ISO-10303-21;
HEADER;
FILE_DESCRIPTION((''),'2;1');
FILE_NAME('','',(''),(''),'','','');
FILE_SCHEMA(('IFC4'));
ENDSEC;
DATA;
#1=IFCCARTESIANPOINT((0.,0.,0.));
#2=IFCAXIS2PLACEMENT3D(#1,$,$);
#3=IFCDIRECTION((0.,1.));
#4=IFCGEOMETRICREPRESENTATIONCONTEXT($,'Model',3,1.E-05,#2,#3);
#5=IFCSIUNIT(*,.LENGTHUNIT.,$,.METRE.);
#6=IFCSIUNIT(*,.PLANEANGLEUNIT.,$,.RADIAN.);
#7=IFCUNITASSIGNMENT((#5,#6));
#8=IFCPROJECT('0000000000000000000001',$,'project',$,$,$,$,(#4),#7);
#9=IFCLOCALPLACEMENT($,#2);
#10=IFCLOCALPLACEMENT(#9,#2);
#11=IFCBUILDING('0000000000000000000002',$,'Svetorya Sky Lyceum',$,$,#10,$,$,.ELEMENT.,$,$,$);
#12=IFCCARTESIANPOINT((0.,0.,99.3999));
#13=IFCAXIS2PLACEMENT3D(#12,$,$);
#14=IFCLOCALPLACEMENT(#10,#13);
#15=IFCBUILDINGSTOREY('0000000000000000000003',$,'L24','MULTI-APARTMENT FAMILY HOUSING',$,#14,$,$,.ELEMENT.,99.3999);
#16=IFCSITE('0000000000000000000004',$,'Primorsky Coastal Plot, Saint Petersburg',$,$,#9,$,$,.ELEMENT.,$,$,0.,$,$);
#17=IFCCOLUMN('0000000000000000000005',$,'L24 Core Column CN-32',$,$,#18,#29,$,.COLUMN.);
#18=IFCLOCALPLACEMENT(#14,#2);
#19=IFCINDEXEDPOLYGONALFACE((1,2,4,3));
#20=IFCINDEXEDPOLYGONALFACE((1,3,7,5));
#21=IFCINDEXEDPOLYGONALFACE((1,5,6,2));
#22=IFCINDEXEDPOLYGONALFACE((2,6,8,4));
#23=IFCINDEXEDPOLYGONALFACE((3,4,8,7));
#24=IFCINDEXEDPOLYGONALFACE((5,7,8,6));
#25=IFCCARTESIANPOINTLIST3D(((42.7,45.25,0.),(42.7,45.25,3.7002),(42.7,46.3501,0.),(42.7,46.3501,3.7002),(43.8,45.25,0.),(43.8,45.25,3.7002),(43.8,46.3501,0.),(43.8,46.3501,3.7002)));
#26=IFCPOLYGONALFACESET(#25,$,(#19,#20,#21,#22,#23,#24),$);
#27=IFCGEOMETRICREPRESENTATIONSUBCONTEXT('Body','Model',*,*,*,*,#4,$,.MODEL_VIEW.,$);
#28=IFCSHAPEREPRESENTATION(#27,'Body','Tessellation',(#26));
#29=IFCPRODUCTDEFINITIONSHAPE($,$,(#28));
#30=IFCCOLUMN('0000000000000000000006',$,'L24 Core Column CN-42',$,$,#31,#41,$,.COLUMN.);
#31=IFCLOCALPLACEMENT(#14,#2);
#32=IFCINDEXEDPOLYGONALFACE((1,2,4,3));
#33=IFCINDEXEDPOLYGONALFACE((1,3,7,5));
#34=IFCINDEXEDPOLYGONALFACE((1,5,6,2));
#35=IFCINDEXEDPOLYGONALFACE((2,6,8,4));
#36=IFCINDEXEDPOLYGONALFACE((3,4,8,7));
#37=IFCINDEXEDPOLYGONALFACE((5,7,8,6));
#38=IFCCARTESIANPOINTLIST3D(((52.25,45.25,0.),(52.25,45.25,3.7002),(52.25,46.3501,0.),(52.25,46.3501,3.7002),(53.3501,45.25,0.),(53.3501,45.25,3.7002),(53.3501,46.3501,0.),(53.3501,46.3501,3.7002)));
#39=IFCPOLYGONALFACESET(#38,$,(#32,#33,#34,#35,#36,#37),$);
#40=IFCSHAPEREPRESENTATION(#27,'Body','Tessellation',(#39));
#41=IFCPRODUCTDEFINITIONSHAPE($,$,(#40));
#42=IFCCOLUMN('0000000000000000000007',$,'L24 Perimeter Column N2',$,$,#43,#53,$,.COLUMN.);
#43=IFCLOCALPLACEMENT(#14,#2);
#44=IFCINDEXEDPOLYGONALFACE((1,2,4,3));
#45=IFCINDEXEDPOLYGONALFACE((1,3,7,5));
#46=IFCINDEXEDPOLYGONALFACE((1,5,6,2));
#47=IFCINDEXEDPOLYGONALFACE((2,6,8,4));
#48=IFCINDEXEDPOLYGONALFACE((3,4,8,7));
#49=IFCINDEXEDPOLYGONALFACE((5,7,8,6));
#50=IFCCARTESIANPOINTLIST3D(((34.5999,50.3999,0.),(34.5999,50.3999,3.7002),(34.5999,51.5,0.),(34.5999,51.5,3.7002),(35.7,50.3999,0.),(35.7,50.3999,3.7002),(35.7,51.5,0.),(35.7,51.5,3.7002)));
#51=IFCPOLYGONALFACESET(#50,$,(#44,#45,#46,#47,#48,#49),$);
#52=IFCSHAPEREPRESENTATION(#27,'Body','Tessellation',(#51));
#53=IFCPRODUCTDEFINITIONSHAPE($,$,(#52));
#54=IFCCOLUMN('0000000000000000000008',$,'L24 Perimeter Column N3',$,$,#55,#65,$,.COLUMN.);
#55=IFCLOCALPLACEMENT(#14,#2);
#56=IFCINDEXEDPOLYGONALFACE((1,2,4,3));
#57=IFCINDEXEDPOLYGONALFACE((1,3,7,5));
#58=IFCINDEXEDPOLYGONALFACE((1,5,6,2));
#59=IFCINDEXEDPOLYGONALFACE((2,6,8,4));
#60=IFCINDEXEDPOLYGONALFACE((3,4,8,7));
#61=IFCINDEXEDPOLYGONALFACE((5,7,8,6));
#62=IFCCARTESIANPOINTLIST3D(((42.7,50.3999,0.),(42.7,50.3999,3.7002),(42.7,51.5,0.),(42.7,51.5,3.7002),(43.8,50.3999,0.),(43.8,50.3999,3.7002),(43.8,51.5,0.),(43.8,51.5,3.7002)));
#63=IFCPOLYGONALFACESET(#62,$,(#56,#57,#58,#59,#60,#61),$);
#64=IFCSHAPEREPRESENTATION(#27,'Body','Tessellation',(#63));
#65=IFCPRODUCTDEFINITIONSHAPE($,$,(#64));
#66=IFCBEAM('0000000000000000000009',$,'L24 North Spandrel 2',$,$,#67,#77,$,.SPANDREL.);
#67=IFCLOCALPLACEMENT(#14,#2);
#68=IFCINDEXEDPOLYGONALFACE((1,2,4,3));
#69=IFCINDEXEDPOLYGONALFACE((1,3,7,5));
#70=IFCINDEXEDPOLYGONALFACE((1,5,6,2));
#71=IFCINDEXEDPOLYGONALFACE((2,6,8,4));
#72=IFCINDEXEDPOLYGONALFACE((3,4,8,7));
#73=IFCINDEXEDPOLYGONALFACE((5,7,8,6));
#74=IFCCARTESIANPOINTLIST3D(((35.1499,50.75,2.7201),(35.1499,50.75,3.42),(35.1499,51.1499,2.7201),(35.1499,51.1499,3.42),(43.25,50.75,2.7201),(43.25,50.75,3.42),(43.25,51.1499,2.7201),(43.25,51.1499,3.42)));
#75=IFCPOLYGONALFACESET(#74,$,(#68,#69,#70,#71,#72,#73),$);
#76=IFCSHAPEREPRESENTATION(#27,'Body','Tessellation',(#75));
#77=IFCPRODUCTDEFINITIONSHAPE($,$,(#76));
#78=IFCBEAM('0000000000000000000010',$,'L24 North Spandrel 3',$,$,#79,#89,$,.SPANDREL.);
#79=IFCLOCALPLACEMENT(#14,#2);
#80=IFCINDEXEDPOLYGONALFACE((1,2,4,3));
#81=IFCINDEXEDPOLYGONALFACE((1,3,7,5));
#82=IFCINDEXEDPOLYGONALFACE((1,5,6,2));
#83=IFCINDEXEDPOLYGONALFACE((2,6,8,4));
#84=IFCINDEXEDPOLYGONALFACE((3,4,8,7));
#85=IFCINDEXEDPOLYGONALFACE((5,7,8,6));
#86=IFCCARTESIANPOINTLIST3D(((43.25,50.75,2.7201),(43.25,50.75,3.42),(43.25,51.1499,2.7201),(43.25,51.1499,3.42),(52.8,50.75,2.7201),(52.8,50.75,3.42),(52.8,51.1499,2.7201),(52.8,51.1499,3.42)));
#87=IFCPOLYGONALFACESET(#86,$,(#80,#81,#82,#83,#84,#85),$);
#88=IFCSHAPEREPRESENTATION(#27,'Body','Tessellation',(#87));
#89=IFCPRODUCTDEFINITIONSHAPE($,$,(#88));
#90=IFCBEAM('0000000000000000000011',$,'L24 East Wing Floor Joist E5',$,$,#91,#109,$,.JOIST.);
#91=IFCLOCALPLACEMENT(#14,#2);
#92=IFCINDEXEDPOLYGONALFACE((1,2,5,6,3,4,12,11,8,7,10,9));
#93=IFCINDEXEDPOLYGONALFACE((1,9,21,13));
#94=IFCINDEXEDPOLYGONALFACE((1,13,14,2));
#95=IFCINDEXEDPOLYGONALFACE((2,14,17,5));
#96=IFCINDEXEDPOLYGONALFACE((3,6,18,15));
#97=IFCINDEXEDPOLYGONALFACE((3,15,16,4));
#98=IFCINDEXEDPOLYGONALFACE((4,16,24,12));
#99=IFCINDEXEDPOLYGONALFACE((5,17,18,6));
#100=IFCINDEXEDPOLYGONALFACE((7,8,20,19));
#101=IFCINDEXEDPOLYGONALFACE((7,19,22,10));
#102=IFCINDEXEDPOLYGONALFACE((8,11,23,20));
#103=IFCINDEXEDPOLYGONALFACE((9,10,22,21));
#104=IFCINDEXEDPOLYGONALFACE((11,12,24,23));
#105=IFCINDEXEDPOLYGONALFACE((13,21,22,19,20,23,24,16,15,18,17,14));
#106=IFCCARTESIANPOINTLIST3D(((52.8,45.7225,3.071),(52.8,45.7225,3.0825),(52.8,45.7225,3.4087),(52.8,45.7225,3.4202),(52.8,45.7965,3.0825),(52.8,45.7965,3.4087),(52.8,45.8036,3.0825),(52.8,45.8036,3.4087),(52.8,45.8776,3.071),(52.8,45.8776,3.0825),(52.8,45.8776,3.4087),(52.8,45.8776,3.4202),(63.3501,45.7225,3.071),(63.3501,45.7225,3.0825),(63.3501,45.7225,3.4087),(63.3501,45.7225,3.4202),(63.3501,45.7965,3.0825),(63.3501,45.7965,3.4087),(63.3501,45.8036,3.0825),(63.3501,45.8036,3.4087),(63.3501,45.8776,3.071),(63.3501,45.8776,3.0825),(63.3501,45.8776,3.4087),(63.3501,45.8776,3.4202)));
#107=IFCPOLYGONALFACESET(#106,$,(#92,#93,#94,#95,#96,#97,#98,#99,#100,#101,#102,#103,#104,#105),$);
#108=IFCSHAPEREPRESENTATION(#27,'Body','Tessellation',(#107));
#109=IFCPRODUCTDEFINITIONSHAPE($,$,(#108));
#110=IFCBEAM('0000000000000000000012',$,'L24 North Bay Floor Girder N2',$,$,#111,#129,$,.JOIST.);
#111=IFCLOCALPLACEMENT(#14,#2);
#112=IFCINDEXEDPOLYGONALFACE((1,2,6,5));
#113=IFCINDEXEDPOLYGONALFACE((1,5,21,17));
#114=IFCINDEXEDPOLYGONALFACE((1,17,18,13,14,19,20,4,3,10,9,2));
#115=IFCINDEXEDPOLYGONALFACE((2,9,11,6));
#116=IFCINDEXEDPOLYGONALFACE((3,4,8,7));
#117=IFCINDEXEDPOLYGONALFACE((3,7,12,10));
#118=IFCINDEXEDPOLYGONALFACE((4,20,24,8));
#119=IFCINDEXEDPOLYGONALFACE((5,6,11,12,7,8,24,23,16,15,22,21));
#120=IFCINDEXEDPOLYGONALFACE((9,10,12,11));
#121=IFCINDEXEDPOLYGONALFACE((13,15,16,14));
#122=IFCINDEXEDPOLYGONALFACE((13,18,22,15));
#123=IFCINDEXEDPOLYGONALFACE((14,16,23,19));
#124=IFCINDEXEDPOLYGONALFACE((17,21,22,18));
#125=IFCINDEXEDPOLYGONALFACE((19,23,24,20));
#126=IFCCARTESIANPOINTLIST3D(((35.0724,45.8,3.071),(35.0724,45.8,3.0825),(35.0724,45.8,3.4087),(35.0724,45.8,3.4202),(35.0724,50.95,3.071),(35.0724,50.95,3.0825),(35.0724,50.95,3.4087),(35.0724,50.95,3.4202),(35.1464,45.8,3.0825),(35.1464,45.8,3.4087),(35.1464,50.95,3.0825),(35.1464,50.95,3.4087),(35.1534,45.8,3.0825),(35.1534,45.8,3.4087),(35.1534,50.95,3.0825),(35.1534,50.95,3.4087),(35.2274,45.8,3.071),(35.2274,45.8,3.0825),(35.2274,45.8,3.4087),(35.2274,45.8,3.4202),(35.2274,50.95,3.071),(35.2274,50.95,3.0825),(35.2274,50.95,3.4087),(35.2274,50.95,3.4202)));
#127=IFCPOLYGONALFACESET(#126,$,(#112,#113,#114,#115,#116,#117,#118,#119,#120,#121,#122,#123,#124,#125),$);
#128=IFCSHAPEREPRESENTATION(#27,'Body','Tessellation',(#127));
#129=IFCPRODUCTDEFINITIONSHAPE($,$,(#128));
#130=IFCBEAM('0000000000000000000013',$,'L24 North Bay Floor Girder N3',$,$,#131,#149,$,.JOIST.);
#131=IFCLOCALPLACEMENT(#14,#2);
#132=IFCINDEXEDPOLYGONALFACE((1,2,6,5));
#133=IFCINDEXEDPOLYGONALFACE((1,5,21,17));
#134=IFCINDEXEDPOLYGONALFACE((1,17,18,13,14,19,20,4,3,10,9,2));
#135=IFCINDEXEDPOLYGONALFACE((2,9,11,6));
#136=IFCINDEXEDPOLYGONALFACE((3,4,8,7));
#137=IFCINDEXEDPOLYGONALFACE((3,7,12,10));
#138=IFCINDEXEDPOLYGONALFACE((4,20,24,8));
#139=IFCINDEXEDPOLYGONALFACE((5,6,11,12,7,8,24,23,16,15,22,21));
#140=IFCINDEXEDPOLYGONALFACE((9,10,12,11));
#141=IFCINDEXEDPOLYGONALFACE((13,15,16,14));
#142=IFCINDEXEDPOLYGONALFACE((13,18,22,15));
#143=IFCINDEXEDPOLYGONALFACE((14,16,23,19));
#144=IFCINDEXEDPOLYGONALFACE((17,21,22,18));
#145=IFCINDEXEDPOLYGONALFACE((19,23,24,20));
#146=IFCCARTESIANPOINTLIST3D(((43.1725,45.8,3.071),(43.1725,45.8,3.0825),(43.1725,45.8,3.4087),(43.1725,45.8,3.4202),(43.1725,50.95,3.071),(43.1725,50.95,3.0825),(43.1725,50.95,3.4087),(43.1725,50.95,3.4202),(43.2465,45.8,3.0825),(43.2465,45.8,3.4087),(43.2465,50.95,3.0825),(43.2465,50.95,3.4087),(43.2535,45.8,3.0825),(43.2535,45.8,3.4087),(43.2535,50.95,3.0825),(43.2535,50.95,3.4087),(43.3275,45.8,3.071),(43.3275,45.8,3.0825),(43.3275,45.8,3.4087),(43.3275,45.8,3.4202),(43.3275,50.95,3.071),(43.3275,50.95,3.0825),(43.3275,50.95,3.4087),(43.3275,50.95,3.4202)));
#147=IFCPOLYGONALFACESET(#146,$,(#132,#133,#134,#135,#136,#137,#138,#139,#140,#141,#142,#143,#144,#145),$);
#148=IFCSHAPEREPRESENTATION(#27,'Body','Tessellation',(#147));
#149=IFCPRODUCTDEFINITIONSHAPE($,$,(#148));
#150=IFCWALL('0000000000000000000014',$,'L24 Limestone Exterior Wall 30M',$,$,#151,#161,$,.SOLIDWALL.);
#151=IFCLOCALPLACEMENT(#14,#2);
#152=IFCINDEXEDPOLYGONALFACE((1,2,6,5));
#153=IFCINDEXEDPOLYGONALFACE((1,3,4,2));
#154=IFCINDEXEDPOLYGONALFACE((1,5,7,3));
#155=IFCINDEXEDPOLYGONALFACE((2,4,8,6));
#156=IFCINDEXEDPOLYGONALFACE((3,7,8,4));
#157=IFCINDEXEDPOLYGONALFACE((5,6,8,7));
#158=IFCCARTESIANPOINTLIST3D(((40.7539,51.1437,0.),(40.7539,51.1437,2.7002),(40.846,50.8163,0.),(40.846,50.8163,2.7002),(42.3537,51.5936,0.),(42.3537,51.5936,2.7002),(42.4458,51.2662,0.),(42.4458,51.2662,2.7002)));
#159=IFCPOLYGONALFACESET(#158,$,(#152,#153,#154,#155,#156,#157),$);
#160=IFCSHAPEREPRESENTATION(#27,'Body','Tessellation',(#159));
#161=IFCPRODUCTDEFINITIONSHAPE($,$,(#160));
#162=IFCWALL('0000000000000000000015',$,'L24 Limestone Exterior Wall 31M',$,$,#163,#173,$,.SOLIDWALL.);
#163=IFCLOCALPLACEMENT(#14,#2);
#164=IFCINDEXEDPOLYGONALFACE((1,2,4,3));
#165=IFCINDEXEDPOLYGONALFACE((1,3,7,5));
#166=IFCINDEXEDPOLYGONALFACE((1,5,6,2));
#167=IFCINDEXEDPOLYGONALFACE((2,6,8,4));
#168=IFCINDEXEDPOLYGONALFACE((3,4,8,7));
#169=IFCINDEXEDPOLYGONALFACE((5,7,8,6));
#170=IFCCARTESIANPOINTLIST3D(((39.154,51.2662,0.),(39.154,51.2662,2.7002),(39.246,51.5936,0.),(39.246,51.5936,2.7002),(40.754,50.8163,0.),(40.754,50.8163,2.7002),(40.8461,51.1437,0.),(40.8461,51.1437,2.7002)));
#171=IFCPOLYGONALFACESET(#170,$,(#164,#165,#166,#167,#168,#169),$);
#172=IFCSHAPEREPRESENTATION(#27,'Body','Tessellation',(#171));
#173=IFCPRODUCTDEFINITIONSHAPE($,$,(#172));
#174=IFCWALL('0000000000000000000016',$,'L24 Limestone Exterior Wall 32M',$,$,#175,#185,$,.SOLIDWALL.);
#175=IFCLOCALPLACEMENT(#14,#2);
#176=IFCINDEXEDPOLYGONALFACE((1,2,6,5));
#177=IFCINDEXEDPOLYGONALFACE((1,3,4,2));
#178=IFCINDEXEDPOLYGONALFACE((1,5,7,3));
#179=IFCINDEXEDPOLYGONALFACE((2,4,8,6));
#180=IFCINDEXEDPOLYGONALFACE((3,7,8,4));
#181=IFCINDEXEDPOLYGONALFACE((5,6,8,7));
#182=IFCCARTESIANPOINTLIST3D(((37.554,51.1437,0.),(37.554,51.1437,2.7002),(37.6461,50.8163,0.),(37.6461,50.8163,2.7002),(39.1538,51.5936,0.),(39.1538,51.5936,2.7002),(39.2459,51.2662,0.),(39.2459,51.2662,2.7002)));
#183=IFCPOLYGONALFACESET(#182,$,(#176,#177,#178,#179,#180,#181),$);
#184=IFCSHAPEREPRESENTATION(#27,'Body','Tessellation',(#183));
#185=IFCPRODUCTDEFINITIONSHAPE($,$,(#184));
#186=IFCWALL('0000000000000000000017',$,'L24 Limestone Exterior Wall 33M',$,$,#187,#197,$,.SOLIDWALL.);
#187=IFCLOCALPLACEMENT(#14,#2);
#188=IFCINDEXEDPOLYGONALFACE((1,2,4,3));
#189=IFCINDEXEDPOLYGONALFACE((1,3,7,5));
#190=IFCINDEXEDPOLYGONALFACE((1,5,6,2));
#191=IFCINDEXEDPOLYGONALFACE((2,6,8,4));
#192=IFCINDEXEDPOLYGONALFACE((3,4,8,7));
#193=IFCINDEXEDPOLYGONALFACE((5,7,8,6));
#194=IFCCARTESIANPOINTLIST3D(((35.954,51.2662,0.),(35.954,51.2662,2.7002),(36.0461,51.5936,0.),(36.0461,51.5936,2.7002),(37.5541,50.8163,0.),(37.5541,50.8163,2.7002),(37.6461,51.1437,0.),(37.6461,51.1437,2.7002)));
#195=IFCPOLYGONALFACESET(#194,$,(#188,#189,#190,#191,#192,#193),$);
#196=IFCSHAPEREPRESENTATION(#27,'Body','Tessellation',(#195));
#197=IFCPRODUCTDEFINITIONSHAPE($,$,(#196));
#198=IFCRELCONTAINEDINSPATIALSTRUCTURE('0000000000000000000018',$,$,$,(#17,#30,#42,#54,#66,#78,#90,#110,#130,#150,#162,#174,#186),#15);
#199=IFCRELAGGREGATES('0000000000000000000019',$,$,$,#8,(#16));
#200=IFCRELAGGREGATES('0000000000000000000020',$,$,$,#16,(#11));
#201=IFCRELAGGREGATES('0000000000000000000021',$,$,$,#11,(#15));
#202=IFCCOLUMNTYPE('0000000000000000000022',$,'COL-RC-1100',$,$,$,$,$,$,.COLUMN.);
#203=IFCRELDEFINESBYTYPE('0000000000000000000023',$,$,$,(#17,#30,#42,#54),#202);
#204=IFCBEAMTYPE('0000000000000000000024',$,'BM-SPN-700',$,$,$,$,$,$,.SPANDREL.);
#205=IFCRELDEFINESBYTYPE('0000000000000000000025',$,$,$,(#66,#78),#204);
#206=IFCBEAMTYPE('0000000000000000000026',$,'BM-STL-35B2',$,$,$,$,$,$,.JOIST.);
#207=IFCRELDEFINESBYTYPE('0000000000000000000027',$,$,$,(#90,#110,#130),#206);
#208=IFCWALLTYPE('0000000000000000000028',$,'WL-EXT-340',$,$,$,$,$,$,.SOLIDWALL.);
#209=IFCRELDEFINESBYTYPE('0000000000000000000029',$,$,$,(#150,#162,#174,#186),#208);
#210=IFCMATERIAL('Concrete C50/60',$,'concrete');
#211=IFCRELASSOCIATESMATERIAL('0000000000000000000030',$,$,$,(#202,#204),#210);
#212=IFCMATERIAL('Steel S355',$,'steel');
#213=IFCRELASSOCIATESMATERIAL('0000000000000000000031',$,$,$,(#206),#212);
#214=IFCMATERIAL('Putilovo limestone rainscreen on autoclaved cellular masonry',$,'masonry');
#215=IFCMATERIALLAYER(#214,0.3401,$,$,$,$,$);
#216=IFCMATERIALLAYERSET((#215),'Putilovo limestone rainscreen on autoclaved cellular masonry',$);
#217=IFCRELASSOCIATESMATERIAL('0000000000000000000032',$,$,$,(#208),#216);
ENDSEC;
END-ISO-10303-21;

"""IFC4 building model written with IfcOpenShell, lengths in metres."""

from ifc_helpers import new_model, si_unit, direction, frame, frame_2d, origin, origin_2d, place, context, subcontext, project, spatial, rectangle, i_section, extrude, material, layer, layer_set, material_profile, profile_set, type_object, element, save


model = new_model("IFC4")

# Units and contexts
model_context = context("Model", 3, precision=1e-05, world=origin(), true_north=direction((0.0, 1.0)))
body_context = subcontext(model_context, "Body", "Model", "MODEL_VIEW")
ifc_project = project(units=[si_unit("LENGTHUNIT", "METRE"), si_unit("PLANEANGLEUNIT", "RADIAN")], contexts=[model_context])

# Site, building, storey
site_placement = place(None, origin())
site = spatial("IfcSite", under=ifc_project, at=site_placement, Name="Primorsky Coastal Plot, Saint Petersburg", CompositionType="ELEMENT", RefElevation=0.0)
building_placement = place(site_placement, origin())
building = spatial("IfcBuilding", under=site, at=building_placement, Name="Svetorya Sky Lyceum", CompositionType="ELEMENT")
storey_placement = place(building_placement, frame((0.0, 0.0, 99.3999)))
storey = spatial("IfcBuildingStorey", under=building, at=storey_placement, Name="L24", Description="MULTI-APARTMENT FAMILY HOUSING", CompositionType="ELEMENT", Elevation=99.3999)

# Columns
ifc_material_1 = material(Name="Concrete C50/60", Category="concrete")
ifc_material_profile_1 = material_profile(ifc_material_1, rectangle(XDim=1.1001, YDim=1.1001, at=origin_2d()), Name="RC COL 1100x1100")
ifc_profile_set_1 = profile_set([ifc_material_profile_1], Name="Concrete C50/60")
column_type = type_object("IfcColumnType", Name="COL-RC-1100", PredefinedType="COLUMN", material=ifc_profile_set_1)
for number, where, z_axis, x_axis, name in (
    (1, (43.25, 45.8, 0.0), (0.0, 0.0, 1.0), (1.0, 0.0, 0.0), "L24 Core Column CN-32"),
    (2, (52.8, 45.8, 0.0), (0.0, 0.0, 1.0), (1.0, 0.0, 0.0), "L24 Core Column CN-42"),
    (3, (35.1499, 50.95, 0.0), (0.0, 0.0, 1.0), (1.0, 0.0, 0.0), "L24 Perimeter Column N2"),
    (4, (43.25, 50.95, 0.0), (0.0, 0.0, 1.0), (1.0, 0.0, 0.0), "L24 Perimeter Column N3"),
):
    element("IfcColumn", number, at=place(storey_placement, frame(where, z_axis=z_axis, x_axis=x_axis)), inside=storey, type_object=column_type, Name=name, PredefinedType="COLUMN", context=body_context, shape_type="SweptSolid", body=[
        extrude(rectangle(XDim=1.1001, YDim=1.1001, at=origin_2d()), origin(), (0.0, 0.0, 1.0), 3.7002),
    ])

# Beams
ifc_material_profile_2 = material_profile(ifc_material_1, rectangle(XDim=0.3999, YDim=0.7, at=origin_2d()), Name="RC SPANDREL 400x700")
ifc_profile_set_2 = profile_set([ifc_material_profile_2], Name="Concrete C50/60")
beam_type_1 = type_object("IfcBeamType", Name="BM-SPN-700", PredefinedType="SPANDREL", material=ifc_profile_set_2)
beam_1_placement = place(storey_placement, frame((35.1499, 50.95, 3.0701), z_axis=(1.0, 0.0, 0.0), x_axis=(0.0, 1.0, 0.0)))
element("IfcBeam", 5, at=beam_1_placement, inside=storey, type_object=beam_type_1, Name="L24 North Spandrel 2", PredefinedType="SPANDREL", context=body_context, shape_type="SweptSolid", body=[
    extrude(rectangle(XDim=0.3999, YDim=0.7, at=origin_2d()), origin(), (0.0, 0.0, 1.0), 8.1001),
])
beam_2_placement = place(storey_placement, frame((43.25, 50.95, 3.0701), z_axis=(1.0, 0.0, 0.0), x_axis=(0.0, 1.0, 0.0)))
element("IfcBeam", 6, at=beam_2_placement, inside=storey, type_object=beam_type_1, Name="L24 North Spandrel 3", PredefinedType="SPANDREL", context=body_context, shape_type="SweptSolid", body=[
    extrude(rectangle(XDim=0.3999, YDim=0.7, at=origin_2d()), origin(), (0.0, 0.0, 1.0), 9.55),
])
ifc_material_2 = material(Name="Steel S355", Category="steel")
ifc_material_profile_3 = material_profile(ifc_material_2, i_section(OverallWidth=0.155, OverallDepth=0.3491, WebThickness=0.0071, FlangeThickness=0.0115, at=origin_2d()), Name="GOST 35B2")
ifc_profile_set_3 = profile_set([ifc_material_profile_3], Name="Steel S355")
beam_type_2 = type_object("IfcBeamType", Name="BM-STL-35B2", PredefinedType="JOIST", material=ifc_profile_set_3)
beam_3_placement = place(storey_placement, frame((52.8, 45.8, 3.2456), z_axis=(1.0, 0.0, 0.0), x_axis=(0.0, 1.0, 0.0)))
element("IfcBeam", 7, at=beam_3_placement, inside=storey, type_object=beam_type_2, Name="L24 East Wing Floor Joist E5", PredefinedType="JOIST", context=body_context, shape_type="SweptSolid", body=[
    extrude(i_section(OverallWidth=0.155, OverallDepth=0.3491, WebThickness=0.0071, FlangeThickness=0.0115, at=origin_2d()), origin(), (0.0, 0.0, 1.0), 10.55),
])
for number, where, z_axis, x_axis, name in (
    (8, (35.1499, 45.8, 3.2456), (0.0, 1.0, 0.0), (-1.0, 0.0, 0.0), "L24 North Bay Floor Girder N2"),
    (9, (43.25, 45.8, 3.2456), (0.0, 1.0, 0.0), (-1.0, 0.0, 0.0), "L24 North Bay Floor Girder N3"),
):
    element("IfcBeam", number, at=place(storey_placement, frame(where, z_axis=z_axis, x_axis=x_axis)), inside=storey, type_object=beam_type_2, Name=name, PredefinedType="JOIST", context=body_context, shape_type="SweptSolid", body=[
        extrude(i_section(OverallWidth=0.155, OverallDepth=0.3491, WebThickness=0.0071, FlangeThickness=0.0115, at=origin_2d()), origin(), (0.0, 0.0, 1.0), 5.1499),
    ])

# Walls
ifc_material_3 = material(Name="Putilovo limestone rainscreen on autoclaved cellular masonry", Category="masonry")
ifc_layer_1 = layer(ifc_material_3, 0.3401)
ifc_layer_set_1 = layer_set([ifc_layer_1], Name="Putilovo limestone rainscreen on autoclaved cellular masonry")
wall_type_1 = type_object("IfcWallType", Name="WL-EXT-340", PredefinedType="SOLIDWALL", material=ifc_layer_set_1)
wall_1_placement = place(storey_placement, frame((42.3999, 51.4299, 0.0), z_axis=(0.0, 0.0, 1.0), x_axis=(-0.962652, -0.270741, 0.0)))
element("IfcWall", 10, at=wall_1_placement, inside=storey, type_object=wall_type_1, Name="L24 Limestone Exterior Wall 30M", PredefinedType="SOLIDWALL", context=body_context, shape_type="SweptSolid", body=[
    extrude(rectangle(XDim=1.6619, YDim=0.3401, at=frame_2d((0.8311, 0.0))), origin(), (0.0, 0.0, 1.0), 2.7002),
])
wall_2_placement = place(storey_placement, frame((40.8, 50.98, 0.0), z_axis=(0.0, 0.0, 1.0), x_axis=(-0.962663, 0.270703, 0.0)))
element("IfcWall", 11, at=wall_2_placement, inside=storey, type_object=wall_type_1, Name="L24 Limestone Exterior Wall 31M", PredefinedType="SOLIDWALL", context=body_context, shape_type="SweptSolid", body=[
    extrude(rectangle(XDim=1.6621, YDim=0.3401, at=frame_2d((0.8311, 0.0))), origin(), (0.0, 0.0, 1.0), 2.7002),
])
wall_3_placement = place(storey_placement, frame((39.2, 51.4299, 0.0), z_axis=(0.0, 0.0, 1.0), x_axis=(-0.962652, -0.270741, 0.0)))
element("IfcWall", 12, at=wall_3_placement, inside=storey, type_object=wall_type_1, Name="L24 Limestone Exterior Wall 32M", PredefinedType="SOLIDWALL", context=body_context, shape_type="SweptSolid", body=[
    extrude(rectangle(XDim=1.6619, YDim=0.3401, at=frame_2d((0.8311, 0.0))), origin(), (0.0, 0.0, 1.0), 2.7002),
])
wall_4_placement = place(storey_placement, frame((37.6001, 50.98, 0.0), z_axis=(0.0, 0.0, 1.0), x_axis=(-0.962663, 0.270703, 0.0)))
element("IfcWall", 13, at=wall_4_placement, inside=storey, type_object=wall_type_1, Name="L24 Limestone Exterior Wall 33M", PredefinedType="SOLIDWALL", context=body_context, shape_type="SweptSolid", body=[
    extrude(rectangle(XDim=1.6621, YDim=0.3401, at=frame_2d((0.8311, 0.0))), origin(), (0.0, 0.0, 1.0), 2.7002),
])

save(model, "model.ifc")
